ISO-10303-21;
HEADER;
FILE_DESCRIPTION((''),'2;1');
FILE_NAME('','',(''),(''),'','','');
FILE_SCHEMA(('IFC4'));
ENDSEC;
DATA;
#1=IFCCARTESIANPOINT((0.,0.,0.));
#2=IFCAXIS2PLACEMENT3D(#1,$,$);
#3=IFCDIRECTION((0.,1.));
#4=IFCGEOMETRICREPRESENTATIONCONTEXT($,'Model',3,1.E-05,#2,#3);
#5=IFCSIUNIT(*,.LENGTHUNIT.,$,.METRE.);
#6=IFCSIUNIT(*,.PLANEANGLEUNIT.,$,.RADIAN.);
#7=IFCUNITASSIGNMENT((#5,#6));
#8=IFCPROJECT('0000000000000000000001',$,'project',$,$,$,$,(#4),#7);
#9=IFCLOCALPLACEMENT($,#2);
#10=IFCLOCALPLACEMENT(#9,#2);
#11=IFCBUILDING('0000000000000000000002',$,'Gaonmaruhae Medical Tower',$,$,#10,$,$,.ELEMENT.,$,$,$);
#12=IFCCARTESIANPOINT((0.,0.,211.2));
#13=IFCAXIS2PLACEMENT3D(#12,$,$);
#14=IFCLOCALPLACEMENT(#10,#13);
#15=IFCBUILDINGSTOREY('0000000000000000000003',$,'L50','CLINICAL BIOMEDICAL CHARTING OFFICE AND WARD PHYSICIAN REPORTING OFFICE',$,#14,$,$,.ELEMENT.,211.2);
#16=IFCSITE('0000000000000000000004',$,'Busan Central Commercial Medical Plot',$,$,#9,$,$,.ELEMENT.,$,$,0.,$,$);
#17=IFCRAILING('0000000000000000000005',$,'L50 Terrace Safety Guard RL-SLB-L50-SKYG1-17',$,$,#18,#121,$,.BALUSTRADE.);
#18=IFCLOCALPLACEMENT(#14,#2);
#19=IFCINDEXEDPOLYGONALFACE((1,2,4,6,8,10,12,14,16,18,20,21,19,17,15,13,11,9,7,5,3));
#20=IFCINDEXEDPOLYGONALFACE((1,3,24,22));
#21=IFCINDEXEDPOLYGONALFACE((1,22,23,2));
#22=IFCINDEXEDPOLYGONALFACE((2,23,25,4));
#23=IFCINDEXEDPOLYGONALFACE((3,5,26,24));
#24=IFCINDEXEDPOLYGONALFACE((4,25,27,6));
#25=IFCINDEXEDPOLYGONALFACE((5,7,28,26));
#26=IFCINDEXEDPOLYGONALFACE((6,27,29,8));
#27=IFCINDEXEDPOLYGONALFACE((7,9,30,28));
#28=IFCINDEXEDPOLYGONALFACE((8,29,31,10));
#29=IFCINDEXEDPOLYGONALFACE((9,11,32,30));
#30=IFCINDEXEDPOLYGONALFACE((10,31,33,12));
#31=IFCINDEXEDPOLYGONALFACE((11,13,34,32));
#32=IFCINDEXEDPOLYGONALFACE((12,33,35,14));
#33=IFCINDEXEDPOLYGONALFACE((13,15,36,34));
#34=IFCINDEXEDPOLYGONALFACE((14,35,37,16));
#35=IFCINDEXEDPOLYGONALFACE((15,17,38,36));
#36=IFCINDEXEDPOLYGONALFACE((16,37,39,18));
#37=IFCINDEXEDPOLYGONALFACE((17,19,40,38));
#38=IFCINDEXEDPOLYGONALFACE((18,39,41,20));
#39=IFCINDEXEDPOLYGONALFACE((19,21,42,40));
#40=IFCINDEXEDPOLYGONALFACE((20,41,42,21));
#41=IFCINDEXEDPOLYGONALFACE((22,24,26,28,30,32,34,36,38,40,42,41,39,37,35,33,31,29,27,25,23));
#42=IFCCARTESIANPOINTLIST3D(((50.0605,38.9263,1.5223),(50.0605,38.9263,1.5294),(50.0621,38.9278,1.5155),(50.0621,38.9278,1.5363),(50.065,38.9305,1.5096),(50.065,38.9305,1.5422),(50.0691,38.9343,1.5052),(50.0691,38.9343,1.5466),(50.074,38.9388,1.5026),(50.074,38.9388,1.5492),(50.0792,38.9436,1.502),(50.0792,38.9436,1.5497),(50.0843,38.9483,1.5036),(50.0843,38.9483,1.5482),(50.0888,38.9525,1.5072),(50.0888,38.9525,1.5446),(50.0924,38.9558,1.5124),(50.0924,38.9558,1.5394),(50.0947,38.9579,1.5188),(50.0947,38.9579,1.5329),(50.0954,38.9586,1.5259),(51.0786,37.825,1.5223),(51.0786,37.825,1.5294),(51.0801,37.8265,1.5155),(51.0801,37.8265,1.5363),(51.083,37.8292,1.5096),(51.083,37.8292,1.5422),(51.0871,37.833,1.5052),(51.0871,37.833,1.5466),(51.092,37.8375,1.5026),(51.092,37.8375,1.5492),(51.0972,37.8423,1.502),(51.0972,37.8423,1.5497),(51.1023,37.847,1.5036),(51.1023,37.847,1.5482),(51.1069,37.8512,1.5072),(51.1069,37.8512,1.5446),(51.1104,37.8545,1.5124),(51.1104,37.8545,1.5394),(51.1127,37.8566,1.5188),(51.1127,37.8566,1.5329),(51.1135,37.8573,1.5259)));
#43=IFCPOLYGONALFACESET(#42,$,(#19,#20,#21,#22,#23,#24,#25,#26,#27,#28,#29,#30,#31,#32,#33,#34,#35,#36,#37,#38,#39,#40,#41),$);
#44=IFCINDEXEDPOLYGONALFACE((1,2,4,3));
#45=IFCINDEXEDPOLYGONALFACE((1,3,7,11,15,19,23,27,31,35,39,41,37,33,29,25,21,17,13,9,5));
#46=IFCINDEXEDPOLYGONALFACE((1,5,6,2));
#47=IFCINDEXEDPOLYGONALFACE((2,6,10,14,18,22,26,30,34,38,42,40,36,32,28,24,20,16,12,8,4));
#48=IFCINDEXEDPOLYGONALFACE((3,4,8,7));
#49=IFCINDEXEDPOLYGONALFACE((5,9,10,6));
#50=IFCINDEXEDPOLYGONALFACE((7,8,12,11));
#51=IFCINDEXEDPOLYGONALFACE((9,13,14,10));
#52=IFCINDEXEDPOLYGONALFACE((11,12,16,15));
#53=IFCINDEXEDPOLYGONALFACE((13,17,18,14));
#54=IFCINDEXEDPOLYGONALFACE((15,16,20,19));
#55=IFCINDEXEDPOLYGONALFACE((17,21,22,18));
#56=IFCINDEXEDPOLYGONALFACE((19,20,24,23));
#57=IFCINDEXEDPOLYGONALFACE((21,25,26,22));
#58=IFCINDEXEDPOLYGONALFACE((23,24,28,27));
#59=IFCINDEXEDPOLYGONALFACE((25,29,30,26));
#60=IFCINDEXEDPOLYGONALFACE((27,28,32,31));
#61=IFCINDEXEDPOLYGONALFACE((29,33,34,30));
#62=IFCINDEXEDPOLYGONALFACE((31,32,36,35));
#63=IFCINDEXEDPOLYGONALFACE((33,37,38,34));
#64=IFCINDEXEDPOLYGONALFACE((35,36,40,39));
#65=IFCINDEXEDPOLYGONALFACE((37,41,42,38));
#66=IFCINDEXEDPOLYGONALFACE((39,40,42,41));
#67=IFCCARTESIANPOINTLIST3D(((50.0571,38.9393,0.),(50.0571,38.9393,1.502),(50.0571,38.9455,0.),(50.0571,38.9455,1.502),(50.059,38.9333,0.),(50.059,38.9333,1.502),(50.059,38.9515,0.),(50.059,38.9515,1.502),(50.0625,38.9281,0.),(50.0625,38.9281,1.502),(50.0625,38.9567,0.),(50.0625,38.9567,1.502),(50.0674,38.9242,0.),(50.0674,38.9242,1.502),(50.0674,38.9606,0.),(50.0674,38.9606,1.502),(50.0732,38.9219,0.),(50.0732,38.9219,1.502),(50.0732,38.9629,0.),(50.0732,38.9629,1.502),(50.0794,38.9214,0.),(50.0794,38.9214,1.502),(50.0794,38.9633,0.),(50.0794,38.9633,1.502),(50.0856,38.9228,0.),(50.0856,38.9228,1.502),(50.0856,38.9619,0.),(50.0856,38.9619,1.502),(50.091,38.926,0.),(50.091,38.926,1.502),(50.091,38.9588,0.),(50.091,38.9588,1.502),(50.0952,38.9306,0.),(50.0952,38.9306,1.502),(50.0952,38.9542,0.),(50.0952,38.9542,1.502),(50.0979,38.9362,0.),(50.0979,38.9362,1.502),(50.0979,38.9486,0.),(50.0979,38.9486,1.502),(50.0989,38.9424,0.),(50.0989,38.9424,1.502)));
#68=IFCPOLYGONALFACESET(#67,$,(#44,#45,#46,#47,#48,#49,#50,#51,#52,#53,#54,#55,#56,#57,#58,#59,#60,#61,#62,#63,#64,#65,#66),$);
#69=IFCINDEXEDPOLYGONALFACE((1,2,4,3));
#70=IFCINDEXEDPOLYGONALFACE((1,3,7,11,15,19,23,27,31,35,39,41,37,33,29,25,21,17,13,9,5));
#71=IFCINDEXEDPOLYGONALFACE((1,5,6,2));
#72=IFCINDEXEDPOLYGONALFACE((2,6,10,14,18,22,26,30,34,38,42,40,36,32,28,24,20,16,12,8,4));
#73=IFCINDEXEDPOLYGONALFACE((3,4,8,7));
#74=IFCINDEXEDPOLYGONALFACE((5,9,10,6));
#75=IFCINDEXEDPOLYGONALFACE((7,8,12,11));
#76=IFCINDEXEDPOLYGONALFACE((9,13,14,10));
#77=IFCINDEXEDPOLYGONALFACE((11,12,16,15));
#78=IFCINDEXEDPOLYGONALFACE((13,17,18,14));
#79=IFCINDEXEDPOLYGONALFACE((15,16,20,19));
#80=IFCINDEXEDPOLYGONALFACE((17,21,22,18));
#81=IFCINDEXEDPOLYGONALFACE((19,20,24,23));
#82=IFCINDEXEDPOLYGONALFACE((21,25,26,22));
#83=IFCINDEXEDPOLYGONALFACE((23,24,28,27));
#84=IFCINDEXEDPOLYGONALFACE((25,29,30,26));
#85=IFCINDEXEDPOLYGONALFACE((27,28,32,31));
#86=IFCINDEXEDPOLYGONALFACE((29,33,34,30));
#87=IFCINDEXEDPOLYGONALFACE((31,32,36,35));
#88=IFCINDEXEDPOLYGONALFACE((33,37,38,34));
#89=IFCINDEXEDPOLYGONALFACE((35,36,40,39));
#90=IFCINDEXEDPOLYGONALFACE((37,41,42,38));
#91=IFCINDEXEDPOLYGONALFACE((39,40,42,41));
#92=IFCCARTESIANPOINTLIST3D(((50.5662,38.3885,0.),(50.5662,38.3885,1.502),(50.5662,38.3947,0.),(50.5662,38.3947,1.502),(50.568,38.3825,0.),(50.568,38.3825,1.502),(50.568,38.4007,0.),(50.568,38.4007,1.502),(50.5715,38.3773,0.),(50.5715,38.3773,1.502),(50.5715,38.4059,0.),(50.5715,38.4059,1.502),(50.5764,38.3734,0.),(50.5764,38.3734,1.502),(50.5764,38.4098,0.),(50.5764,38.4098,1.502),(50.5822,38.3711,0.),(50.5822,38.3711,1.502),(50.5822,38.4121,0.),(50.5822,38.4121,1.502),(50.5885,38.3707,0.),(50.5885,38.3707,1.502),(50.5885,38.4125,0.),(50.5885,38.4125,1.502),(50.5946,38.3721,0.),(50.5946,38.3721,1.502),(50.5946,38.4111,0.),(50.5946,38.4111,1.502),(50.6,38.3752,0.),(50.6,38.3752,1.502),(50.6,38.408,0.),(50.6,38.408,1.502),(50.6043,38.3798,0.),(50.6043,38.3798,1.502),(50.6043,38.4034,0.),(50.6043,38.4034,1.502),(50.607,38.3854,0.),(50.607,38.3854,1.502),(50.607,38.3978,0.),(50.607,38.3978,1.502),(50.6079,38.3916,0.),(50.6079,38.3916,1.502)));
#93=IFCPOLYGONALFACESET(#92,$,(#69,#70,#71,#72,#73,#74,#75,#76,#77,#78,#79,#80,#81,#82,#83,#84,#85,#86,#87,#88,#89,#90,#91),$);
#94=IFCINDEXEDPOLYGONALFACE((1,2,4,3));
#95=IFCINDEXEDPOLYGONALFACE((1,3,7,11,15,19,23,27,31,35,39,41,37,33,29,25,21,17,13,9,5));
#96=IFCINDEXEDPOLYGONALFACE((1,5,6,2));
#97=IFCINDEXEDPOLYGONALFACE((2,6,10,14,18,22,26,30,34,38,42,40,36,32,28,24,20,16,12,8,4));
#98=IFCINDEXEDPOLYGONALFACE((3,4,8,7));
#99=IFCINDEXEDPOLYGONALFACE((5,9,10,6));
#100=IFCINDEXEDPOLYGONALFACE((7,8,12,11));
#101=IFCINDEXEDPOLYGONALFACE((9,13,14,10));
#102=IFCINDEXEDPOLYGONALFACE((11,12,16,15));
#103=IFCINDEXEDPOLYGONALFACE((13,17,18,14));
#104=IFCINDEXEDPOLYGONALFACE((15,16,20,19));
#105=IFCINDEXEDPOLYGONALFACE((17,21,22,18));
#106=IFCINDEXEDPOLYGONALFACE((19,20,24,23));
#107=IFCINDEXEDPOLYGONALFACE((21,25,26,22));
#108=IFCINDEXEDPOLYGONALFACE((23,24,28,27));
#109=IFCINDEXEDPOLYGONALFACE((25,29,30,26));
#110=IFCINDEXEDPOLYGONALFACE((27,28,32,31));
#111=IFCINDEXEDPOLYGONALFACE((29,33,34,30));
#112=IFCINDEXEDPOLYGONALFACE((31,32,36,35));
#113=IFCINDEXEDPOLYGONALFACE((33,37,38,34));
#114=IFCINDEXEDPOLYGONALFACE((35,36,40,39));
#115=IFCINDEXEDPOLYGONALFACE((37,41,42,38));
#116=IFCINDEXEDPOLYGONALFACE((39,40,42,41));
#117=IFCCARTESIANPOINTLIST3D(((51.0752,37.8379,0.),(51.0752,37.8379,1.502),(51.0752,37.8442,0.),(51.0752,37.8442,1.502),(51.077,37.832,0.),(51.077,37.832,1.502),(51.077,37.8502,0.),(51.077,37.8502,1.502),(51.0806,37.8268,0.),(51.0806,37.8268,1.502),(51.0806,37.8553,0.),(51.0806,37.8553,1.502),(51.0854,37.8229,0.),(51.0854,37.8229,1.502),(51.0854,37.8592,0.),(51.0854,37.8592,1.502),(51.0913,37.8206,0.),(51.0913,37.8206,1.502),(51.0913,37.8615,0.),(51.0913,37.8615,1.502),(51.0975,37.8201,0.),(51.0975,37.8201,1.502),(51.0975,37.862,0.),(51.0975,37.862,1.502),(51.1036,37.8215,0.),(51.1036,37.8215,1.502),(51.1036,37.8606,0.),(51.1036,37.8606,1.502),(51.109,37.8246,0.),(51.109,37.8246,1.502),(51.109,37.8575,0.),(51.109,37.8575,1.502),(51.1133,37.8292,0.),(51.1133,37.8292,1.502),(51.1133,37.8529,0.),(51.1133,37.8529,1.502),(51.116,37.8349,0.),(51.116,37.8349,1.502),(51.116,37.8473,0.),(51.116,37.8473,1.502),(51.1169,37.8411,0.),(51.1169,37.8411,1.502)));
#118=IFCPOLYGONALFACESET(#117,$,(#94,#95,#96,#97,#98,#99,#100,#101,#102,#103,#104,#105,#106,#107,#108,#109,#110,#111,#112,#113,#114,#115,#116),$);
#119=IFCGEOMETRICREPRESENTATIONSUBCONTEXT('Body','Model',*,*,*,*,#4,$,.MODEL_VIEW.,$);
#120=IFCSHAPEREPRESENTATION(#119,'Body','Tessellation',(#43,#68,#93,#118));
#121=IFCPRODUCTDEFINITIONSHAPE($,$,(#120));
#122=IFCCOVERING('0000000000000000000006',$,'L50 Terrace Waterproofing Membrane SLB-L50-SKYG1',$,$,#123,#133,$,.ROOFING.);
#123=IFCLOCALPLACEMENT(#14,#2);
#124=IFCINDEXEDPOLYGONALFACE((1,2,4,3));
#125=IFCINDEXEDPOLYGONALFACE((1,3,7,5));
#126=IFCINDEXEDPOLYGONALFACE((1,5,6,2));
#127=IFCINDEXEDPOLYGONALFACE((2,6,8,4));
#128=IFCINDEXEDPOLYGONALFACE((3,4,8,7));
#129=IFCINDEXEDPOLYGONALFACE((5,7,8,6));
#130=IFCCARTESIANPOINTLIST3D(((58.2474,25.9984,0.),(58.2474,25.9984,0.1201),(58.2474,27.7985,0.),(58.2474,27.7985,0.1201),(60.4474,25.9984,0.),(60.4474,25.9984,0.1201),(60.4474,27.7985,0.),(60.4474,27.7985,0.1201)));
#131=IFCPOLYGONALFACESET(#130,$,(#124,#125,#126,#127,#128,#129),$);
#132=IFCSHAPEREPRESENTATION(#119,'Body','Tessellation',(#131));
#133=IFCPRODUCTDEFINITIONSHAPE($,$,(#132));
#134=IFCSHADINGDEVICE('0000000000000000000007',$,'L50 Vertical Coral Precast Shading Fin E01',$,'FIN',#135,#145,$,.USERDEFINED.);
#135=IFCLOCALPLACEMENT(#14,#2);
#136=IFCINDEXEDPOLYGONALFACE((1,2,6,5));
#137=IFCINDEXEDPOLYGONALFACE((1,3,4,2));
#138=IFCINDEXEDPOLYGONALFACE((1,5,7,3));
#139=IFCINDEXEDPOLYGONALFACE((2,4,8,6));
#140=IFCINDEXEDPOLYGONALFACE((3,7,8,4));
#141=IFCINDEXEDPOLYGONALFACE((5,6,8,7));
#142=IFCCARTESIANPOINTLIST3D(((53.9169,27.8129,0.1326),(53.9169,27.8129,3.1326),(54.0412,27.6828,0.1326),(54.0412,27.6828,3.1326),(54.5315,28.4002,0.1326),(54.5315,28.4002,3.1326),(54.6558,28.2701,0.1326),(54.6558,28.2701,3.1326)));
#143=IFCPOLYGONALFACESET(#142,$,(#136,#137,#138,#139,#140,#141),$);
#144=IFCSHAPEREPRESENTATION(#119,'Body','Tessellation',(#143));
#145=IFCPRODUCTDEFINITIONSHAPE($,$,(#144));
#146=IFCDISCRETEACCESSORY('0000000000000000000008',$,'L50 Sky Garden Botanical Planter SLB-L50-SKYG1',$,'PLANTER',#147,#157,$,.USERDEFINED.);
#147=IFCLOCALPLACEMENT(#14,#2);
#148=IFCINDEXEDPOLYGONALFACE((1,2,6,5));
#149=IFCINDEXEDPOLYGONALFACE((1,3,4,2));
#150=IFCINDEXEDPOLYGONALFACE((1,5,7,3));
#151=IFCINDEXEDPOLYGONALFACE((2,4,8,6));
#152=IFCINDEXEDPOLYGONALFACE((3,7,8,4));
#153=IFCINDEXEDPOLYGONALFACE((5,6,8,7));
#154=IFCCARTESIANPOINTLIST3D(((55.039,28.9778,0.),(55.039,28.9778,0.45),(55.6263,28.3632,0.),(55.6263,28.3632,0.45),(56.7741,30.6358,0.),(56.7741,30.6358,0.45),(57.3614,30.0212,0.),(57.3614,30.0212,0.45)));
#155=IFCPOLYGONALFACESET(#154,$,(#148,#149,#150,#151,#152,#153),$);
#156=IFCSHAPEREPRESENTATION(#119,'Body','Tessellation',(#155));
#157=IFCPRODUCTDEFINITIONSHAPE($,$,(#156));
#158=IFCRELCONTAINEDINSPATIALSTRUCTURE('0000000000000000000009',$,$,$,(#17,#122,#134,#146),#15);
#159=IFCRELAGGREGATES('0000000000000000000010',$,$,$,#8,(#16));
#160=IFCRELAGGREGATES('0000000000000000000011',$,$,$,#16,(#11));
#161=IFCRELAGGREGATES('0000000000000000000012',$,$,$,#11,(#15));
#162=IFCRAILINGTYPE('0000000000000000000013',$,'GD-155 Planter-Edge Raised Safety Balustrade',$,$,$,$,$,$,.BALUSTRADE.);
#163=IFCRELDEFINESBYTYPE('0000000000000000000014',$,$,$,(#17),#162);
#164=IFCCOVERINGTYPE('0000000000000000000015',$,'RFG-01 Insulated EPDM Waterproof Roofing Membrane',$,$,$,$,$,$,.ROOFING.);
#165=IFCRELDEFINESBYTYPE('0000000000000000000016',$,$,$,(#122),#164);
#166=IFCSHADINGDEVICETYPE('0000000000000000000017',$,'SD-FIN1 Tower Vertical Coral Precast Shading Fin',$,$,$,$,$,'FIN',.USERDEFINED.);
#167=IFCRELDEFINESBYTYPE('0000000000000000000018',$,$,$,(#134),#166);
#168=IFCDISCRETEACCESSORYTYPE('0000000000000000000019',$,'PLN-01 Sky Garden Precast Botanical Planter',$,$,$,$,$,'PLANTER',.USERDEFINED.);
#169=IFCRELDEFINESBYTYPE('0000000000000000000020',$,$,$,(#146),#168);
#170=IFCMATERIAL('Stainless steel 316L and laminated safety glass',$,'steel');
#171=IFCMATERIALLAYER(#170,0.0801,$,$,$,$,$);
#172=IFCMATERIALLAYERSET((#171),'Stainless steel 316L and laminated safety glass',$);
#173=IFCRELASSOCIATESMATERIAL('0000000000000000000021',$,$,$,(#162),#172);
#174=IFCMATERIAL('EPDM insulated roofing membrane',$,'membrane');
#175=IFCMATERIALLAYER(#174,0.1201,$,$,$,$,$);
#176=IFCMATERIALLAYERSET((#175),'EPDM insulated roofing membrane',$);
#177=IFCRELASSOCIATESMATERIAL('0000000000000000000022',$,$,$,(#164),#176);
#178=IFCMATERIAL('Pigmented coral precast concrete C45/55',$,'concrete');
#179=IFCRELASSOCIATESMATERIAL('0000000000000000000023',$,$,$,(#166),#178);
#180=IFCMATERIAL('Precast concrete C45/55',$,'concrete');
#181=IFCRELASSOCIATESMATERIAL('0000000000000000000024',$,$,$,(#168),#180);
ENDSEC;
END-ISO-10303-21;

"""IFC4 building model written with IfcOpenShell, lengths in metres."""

from ifc_helpers import new_model, si_unit, direction, frame, origin, origin_2d, place, context, subcontext, project, spatial, rectangle, circle, extrude, material, layer, layer_set, type_object, element, save


model = new_model("IFC4")

# Units and contexts
model_context = context("Model", 3, precision=1e-05, world=origin(), true_north=direction((0.0, 1.0)))
body_context = subcontext(model_context, "Body", "Model", "MODEL_VIEW")
ifc_project = project(units=[si_unit("LENGTHUNIT", "METRE"), si_unit("PLANEANGLEUNIT", "RADIAN")], contexts=[model_context])

# Site, building, storey
site_placement = place(None, origin())
site = spatial("IfcSite", under=ifc_project, at=site_placement, Name="Busan Central Commercial Medical Plot", CompositionType="ELEMENT", RefElevation=0.0)
building_placement = place(site_placement, origin())
building = spatial("IfcBuilding", under=site, at=building_placement, Name="Gaonmaruhae Medical Tower", CompositionType="ELEMENT")
storey_placement = place(building_placement, frame((0.0, 0.0, 211.2)))
storey = spatial("IfcBuildingStorey", under=building, at=storey_placement, Name="L50", Description="CLINICAL BIOMEDICAL CHARTING OFFICE AND WARD PHYSICIAN REPORTING OFFICE", CompositionType="ELEMENT", Elevation=211.2)

# Shared definitions
ifc_material_1 = material(Name="Precast concrete C45/55", Category="concrete")

# Railing
ifc_material_2 = material(Name="Stainless steel 316L and laminated safety glass", Category="steel")
ifc_layer_1 = layer(ifc_material_2, 0.0801)
ifc_layer_set_1 = layer_set([ifc_layer_1], Name="Stainless steel 316L and laminated safety glass")
railing_type = type_object("IfcRailingType", Name="GD-155 Planter-Edge Raised Safety Balustrade", PredefinedType="BALUSTRADE", material=ifc_layer_set_1)
railing_1_placement = place(storey_placement, frame((50.0779, 38.9424, 0.0)))
element("IfcRailing", 1, at=railing_1_placement, inside=storey, type_object=railing_type, Name="L50 Terrace Safety Guard RL-SLB-L50-SKYG1-17", PredefinedType="BALUSTRADE", context=body_context, shape_type="SweptSolid", body=[
    extrude(circle(Radius=0.0239, at=origin_2d()), frame((0.0, 0.0, 1.5259), z_axis=(0.678807, -0.734316, 0.0), x_axis=(0.734316, 0.678807, 0.0)), (0.0, 0.0, 1.0), 1.4998),
    extrude(circle(Radius=0.021, at=origin_2d()), origin(), (0.0, 0.0, 1.0), 1.502),
    extrude(circle(Radius=0.021, at=origin_2d()), frame((0.509, -0.5508, 0.0)), (0.0, 0.0, 1.0), 1.502),
    extrude(circle(Radius=0.021, at=origin_2d()), frame((1.0181, -1.1013, 0.0)), (0.0, 0.0, 1.0), 1.502),
])

# Covering
ifc_material_3 = material(Name="EPDM insulated roofing membrane", Category="membrane")
ifc_layer_2 = layer(ifc_material_3, 0.1201)
ifc_layer_set_2 = layer_set([ifc_layer_2], Name="EPDM insulated roofing membrane")
covering_type = type_object("IfcCoveringType", Name="RFG-01 Insulated EPDM Waterproof Roofing Membrane", PredefinedType="ROOFING", material=ifc_layer_set_2)
covering_placement = place(storey_placement, frame((59.3474, 26.8984, 0.0), z_axis=(0.0, 0.0, 1.0), x_axis=(1.0, 0.0, 0.0)))
element("IfcCovering", 2, at=covering_placement, inside=storey, type_object=covering_type, Name="L50 Terrace Waterproofing Membrane SLB-L50-SKYG1", PredefinedType="ROOFING", context=body_context, shape_type="SweptSolid", body=[
    extrude(rectangle(XDim=2.2, YDim=1.8, at=origin_2d()), origin(), (0.0, 0.0, 1.0), 0.1201),
])

# Shading device
ifc_material_4 = material(Name="Pigmented coral precast concrete C45/55", Category="concrete")
shading_device_type = type_object("IfcShadingDeviceType", Name="SD-FIN1 Tower Vertical Coral Precast Shading Fin", ElementType="FIN", PredefinedType="USERDEFINED", material=ifc_material_4)
shading_device_placement = place(storey_placement, frame((54.2864, 28.0415, 0.1326), z_axis=(0.0, 0.0, 1.0), x_axis=(0.690882, -0.722967, 0.0)))
element("IfcShadingDevice", 3, at=shading_device_placement, inside=storey, type_object=shading_device_type, Name="L50 Vertical Coral Precast Shading Fin E01", ObjectType="FIN", PredefinedType="USERDEFINED", context=body_context, shape_type="SweptSolid", body=[
    extrude(rectangle(XDim=0.1799, YDim=0.8501, at=origin_2d()), origin(), (0.0, 0.0, 1.0), 3.0),
])

# Discrete accessory
discrete_accessory_type = type_object("IfcDiscreteAccessoryType", Name="PLN-01 Sky Garden Precast Botanical Planter", ElementType="PLANTER", PredefinedType="USERDEFINED", material=ifc_material_1)
discrete_accessory_placement = place(storey_placement, frame((56.2002, 29.4995, 0.0), z_axis=(0.0, 0.0, 1.0), x_axis=(0.722967, 0.690882, 0.0)))
element("IfcDiscreteAccessory", 4, at=discrete_accessory_placement, inside=storey, type_object=discrete_accessory_type, Name="L50 Sky Garden Botanical Planter SLB-L50-SKYG1", ObjectType="PLANTER", PredefinedType="USERDEFINED", context=body_context, shape_type="SweptSolid", body=[
    extrude(rectangle(XDim=2.3999, YDim=0.8501, at=origin_2d()), origin(), (0.0, 0.0, 1.0), 0.45),
])

save(model, "model.ifc")
